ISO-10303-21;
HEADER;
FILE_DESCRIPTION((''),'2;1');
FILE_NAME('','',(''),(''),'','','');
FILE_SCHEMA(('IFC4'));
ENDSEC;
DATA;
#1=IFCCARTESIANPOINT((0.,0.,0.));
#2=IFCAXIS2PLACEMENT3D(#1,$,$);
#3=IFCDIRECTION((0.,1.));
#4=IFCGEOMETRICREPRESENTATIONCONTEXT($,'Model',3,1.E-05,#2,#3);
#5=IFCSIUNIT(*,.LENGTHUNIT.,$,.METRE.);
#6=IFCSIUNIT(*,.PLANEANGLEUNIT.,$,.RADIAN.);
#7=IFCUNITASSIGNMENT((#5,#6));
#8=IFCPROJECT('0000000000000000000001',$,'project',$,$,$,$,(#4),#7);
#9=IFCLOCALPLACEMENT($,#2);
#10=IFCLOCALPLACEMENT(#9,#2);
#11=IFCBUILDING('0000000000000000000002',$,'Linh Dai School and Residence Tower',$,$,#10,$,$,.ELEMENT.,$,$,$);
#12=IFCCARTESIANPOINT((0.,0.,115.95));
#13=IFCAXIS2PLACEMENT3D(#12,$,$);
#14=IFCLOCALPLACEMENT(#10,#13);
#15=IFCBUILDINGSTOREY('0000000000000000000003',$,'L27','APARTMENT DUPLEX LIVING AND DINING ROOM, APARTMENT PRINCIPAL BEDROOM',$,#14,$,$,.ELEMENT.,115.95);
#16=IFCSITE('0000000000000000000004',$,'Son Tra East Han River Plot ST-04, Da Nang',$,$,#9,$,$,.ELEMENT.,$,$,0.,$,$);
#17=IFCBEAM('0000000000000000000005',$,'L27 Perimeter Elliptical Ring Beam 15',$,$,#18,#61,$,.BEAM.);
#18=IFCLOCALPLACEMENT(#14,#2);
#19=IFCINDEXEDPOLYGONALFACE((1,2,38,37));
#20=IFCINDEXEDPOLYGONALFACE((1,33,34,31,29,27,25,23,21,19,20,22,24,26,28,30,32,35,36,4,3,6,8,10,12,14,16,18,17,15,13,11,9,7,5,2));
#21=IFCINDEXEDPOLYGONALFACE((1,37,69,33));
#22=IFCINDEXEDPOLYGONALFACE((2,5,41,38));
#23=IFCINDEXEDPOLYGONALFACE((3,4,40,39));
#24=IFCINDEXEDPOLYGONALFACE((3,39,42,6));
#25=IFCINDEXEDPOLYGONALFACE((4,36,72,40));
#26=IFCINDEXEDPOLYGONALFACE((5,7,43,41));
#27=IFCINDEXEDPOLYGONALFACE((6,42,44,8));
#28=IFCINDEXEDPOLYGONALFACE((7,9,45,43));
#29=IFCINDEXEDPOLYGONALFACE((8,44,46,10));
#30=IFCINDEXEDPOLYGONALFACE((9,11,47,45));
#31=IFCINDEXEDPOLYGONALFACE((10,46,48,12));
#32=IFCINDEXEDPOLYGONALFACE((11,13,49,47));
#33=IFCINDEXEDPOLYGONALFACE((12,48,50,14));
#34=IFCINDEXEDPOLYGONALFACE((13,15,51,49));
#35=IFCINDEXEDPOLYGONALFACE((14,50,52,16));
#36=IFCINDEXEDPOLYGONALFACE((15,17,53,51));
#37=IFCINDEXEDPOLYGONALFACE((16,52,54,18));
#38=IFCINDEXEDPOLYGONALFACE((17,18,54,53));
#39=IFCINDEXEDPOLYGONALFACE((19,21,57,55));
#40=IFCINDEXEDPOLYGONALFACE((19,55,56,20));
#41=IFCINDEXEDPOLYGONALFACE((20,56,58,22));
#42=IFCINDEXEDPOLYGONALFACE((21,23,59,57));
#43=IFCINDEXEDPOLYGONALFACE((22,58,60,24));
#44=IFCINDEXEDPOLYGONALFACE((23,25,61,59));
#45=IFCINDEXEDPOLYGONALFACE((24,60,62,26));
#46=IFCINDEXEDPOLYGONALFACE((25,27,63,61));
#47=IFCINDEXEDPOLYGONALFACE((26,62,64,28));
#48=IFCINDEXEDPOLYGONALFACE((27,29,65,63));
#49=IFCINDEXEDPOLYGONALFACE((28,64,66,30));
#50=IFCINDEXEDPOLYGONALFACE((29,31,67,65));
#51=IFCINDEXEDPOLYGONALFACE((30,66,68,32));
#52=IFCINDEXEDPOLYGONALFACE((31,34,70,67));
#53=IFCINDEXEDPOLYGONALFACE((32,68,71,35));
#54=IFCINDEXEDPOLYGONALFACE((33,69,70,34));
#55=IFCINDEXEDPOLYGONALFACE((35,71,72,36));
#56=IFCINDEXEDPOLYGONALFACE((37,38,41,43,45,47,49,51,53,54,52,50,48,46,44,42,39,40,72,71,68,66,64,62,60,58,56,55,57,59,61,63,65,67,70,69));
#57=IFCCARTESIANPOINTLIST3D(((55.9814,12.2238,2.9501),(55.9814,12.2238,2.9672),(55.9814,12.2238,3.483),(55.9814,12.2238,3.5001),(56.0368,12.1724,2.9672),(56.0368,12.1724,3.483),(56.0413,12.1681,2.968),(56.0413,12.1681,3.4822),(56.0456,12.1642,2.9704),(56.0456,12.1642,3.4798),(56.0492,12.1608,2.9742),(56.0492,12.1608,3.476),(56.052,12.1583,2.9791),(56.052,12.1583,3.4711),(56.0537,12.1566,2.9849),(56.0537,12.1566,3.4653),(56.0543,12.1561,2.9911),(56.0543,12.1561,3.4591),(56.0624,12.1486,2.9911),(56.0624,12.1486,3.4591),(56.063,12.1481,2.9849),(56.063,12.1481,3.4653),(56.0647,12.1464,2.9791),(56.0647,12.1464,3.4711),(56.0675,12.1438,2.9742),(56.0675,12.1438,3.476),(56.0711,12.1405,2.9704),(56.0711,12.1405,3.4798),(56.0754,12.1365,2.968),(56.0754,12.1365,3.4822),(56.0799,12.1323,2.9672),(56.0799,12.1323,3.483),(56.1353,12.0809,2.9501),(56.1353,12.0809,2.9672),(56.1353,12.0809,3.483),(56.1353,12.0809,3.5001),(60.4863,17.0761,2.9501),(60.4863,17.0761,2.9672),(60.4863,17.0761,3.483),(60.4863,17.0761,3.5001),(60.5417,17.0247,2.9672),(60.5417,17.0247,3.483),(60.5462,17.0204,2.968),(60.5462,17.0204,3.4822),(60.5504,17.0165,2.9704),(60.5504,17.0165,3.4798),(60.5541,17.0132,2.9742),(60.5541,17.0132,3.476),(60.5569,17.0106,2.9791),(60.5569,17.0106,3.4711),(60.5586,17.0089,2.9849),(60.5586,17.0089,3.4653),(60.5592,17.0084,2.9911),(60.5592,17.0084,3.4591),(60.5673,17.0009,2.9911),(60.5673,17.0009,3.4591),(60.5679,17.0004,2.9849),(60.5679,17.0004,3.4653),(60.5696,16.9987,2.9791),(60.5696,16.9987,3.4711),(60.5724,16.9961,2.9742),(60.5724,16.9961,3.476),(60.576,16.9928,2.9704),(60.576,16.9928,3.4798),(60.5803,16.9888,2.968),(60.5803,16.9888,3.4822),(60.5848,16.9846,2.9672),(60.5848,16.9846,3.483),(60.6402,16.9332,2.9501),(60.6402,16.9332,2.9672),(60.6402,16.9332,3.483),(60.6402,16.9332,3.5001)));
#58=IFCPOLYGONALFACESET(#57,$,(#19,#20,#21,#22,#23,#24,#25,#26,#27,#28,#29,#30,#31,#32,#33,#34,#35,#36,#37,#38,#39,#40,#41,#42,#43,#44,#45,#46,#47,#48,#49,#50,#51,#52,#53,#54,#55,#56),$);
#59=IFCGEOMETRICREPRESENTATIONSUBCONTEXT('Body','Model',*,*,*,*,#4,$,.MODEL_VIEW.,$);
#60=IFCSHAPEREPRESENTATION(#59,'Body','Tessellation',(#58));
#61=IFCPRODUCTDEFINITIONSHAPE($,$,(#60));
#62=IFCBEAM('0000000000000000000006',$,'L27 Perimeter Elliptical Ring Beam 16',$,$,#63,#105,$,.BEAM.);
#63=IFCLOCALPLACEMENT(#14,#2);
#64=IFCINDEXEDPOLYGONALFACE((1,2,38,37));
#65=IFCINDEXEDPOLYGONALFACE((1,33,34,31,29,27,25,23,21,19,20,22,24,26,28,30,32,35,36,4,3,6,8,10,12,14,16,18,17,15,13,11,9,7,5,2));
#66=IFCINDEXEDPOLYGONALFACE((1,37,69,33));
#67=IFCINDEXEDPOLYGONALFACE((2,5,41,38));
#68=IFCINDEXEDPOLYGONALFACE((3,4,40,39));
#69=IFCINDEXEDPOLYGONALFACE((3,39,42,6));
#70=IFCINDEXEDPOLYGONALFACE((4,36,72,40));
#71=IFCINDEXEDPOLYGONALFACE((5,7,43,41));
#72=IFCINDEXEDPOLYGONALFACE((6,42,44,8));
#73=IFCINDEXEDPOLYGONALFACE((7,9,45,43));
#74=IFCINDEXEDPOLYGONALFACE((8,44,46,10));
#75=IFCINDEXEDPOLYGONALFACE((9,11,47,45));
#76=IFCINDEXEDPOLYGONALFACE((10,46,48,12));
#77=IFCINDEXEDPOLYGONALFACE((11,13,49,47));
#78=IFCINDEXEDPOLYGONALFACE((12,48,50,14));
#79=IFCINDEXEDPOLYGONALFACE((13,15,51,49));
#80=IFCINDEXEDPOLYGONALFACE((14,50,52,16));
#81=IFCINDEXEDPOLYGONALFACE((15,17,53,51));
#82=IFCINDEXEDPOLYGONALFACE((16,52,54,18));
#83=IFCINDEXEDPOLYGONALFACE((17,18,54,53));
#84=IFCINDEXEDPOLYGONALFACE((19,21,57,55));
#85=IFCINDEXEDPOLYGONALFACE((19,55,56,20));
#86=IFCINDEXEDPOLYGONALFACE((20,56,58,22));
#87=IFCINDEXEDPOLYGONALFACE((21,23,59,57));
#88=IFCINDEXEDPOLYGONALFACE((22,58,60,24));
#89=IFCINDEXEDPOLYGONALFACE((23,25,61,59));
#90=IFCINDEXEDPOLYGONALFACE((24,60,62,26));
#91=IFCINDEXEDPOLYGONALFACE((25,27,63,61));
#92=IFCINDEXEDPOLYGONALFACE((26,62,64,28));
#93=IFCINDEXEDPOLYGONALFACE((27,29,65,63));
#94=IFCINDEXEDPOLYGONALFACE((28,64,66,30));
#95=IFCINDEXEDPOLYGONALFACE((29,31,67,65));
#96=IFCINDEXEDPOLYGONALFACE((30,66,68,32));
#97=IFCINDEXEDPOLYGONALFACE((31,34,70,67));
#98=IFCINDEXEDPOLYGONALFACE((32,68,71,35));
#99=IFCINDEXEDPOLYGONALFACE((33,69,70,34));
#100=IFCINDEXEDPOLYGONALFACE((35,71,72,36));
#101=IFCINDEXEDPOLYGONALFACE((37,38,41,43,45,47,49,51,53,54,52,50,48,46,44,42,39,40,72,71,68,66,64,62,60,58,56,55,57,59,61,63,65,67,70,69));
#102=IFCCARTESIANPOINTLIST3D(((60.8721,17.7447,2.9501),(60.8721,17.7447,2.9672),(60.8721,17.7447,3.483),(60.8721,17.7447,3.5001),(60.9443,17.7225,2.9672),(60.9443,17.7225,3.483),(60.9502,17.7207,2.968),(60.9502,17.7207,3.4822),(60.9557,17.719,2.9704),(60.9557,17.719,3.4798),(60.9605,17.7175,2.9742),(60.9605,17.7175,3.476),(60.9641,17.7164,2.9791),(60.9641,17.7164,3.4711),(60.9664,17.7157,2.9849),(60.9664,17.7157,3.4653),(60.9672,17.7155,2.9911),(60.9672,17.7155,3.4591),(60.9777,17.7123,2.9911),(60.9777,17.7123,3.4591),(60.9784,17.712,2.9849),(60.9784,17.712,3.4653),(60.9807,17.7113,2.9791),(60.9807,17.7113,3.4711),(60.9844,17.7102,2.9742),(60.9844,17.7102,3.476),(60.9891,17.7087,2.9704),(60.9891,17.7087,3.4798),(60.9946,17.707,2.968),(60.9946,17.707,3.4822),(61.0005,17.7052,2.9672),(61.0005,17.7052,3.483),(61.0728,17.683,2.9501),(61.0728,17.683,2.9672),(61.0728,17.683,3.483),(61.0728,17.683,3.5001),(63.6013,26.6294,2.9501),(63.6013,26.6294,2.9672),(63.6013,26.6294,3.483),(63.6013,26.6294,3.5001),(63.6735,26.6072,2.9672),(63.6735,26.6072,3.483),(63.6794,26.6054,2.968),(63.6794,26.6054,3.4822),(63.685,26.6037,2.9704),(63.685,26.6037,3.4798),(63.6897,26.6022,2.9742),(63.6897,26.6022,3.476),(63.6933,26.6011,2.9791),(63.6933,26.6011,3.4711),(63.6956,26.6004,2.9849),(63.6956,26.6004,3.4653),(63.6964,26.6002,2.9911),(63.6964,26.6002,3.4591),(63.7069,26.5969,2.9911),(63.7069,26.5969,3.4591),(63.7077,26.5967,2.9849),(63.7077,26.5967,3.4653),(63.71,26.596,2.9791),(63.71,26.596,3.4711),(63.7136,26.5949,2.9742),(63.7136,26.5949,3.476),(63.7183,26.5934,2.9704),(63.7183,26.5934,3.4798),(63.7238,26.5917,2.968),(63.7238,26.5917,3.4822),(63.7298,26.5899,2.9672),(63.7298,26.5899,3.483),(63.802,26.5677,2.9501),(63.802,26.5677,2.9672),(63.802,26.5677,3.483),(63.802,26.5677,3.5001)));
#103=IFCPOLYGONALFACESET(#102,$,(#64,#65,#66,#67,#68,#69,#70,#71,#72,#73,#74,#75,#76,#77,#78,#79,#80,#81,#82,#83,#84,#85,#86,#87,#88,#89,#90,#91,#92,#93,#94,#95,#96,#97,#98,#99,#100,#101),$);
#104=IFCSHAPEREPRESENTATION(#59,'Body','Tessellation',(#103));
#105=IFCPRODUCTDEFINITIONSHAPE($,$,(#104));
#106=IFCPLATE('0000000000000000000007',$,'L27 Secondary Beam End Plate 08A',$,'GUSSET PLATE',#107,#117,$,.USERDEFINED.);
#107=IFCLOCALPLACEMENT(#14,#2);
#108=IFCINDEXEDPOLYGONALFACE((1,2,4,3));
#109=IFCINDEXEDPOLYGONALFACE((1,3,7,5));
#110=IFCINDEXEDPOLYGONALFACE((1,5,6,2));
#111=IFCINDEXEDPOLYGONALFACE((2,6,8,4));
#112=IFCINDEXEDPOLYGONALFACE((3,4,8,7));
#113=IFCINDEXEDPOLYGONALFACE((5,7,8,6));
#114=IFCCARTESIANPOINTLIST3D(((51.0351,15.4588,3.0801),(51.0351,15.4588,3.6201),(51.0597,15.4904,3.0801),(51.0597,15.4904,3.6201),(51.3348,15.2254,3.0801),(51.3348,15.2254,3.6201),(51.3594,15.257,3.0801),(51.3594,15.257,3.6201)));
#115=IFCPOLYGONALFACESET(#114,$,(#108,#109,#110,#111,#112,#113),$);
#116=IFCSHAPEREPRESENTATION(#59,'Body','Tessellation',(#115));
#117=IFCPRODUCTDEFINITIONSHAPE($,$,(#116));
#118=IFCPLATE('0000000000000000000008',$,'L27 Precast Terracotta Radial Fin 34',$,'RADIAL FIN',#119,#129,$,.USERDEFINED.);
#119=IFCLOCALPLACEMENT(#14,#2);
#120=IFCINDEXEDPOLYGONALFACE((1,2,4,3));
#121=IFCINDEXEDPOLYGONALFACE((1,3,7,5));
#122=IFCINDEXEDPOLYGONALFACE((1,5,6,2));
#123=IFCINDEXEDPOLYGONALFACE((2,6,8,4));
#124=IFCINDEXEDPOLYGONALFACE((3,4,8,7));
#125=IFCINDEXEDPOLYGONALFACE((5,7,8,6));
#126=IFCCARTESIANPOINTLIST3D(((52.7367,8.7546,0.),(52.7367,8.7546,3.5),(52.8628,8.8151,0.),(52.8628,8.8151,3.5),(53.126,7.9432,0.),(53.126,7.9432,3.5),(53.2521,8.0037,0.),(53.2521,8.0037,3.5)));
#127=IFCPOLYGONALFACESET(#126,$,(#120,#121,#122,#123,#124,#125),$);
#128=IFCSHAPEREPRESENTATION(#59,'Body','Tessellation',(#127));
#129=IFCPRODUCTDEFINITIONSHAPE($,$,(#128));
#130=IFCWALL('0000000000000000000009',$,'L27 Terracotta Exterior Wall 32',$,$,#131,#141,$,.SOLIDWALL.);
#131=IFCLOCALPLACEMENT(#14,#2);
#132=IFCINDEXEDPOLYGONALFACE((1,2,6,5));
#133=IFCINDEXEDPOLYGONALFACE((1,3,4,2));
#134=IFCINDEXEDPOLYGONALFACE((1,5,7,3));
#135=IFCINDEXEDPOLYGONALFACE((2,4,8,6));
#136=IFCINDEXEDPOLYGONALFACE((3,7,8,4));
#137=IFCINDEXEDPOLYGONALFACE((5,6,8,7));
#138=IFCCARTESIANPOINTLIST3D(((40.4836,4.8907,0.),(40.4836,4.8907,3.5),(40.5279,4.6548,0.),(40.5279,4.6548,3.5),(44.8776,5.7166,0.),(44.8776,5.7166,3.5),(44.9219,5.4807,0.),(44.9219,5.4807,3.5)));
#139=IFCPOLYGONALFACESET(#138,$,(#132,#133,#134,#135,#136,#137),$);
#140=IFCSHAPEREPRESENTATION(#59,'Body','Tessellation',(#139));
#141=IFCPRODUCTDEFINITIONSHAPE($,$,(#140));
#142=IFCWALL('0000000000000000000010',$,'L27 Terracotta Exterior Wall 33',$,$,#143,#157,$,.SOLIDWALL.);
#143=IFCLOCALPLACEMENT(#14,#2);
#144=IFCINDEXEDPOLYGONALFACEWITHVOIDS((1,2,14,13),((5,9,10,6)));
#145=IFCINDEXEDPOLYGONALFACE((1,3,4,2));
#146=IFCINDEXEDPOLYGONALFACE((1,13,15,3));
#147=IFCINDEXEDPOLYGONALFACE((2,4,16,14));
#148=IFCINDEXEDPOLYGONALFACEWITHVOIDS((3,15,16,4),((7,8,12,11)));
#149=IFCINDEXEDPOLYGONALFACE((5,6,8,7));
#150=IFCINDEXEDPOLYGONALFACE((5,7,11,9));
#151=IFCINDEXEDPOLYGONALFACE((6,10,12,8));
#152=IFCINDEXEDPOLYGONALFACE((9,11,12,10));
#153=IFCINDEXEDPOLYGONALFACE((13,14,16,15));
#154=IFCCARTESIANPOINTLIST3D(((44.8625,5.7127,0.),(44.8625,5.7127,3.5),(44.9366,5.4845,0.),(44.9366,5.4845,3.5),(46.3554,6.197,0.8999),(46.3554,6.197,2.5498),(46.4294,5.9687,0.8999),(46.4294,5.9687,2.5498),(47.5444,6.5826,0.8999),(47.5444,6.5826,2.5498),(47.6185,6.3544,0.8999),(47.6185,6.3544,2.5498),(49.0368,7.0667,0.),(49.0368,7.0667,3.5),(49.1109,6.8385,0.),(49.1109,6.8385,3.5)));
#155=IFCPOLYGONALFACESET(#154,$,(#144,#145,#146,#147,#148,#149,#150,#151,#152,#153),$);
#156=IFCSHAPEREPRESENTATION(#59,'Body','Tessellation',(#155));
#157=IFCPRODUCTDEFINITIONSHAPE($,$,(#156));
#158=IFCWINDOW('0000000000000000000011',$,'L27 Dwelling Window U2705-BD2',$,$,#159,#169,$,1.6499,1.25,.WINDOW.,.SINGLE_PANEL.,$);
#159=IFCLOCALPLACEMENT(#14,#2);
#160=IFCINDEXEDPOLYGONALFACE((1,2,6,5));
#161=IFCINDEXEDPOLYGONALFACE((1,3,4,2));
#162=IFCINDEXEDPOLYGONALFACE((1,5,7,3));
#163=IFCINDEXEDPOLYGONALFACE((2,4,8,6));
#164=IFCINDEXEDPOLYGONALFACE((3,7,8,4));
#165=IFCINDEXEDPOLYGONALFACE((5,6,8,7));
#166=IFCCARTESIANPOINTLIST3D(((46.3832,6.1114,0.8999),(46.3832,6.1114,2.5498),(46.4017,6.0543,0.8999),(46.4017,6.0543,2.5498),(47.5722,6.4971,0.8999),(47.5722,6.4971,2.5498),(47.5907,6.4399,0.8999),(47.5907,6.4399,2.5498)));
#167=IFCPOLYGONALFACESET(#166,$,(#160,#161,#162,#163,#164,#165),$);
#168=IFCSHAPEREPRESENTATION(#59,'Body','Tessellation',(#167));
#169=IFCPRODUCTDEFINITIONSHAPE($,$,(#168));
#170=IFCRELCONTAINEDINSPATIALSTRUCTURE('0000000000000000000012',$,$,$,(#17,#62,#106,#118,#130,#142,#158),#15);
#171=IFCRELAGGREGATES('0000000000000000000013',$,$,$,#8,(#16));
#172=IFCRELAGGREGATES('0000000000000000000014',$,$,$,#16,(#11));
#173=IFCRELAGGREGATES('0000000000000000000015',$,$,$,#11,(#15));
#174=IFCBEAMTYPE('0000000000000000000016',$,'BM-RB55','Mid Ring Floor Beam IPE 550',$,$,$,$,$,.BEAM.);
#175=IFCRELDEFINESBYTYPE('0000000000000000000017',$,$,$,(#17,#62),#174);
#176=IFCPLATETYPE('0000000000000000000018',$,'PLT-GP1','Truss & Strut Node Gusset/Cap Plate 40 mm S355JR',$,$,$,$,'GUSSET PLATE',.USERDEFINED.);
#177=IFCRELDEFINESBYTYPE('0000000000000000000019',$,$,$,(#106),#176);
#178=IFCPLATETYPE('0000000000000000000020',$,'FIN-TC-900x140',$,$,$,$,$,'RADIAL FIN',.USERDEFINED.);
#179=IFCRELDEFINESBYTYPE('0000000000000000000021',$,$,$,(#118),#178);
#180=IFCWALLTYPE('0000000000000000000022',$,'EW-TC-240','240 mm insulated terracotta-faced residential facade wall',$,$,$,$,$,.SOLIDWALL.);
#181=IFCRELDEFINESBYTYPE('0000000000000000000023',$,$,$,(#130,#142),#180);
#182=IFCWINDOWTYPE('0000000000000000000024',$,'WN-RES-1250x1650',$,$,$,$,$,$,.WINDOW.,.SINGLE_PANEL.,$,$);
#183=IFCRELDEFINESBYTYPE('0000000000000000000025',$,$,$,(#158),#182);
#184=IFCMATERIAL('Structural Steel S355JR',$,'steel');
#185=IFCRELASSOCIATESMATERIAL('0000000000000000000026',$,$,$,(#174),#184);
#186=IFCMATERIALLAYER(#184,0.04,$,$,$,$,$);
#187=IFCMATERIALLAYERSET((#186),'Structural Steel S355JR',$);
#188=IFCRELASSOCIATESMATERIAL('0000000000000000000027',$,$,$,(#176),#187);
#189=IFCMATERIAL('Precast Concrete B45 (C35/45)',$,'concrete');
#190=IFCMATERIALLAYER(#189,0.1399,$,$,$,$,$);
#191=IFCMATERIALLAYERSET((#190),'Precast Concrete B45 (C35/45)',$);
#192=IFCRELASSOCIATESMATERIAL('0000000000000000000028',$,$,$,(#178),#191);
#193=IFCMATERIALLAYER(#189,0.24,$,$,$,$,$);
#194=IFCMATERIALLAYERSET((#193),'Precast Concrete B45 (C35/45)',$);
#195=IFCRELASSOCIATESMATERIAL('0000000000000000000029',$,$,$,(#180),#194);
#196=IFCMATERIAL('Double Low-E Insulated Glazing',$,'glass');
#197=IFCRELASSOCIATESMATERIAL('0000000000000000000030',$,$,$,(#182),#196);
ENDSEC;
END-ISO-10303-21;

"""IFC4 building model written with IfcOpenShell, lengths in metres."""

from ifc_helpers import new_model, si_unit, direction, frame, frame_2d, origin, origin_2d, place, context, subcontext, project, spatial, rectangle, i_section, extrude, source, transform, mapped, material, layer, layer_set, material_profile, profile_set, type_object, element, fill, save


model = new_model("IFC4")

# Units and contexts
model_context = context("Model", 3, precision=1e-05, world=origin(), true_north=direction((0.0, 1.0)))
body_context = subcontext(model_context, "Body", "Model", "MODEL_VIEW")
ifc_project = project(units=[si_unit("LENGTHUNIT", "METRE"), si_unit("PLANEANGLEUNIT", "RADIAN")], contexts=[model_context])

# Site, building, storey
site_placement = place(None, origin())
site = spatial("IfcSite", under=ifc_project, at=site_placement, Name="Son Tra East Han River Plot ST-04, Da Nang", CompositionType="ELEMENT", RefElevation=0.0)
building_placement = place(site_placement, origin())
building = spatial("IfcBuilding", under=site, at=building_placement, Name="Linh Dai School and Residence Tower", CompositionType="ELEMENT")
storey_placement = place(building_placement, frame((0.0, 0.0, 115.95)))
storey = spatial("IfcBuildingStorey", under=building, at=storey_placement, Name="L27", Description="APARTMENT DUPLEX LIVING AND DINING ROOM, APARTMENT PRINCIPAL BEDROOM", CompositionType="ELEMENT", Elevation=115.95)

# Shared definitions
ifc_material_1 = material(Name="Structural Steel S355JR", Category="steel")

# Beams
ifc_material_profile_1 = material_profile(ifc_material_1, i_section(OverallWidth=0.21, OverallDepth=0.55, WebThickness=0.011, FlangeThickness=0.0171, FilletRadius=0.0239, at=origin_2d()), Name="IPE 550")
ifc_profile_set_1 = profile_set([ifc_material_profile_1], Name="Structural Steel S355JR")
beam_type_1 = type_object("IfcBeamType", Name="BM-RB55", Description="Mid Ring Floor Beam IPE 550", PredefinedType="BEAM", material=ifc_profile_set_1)
beam_1_placement = place(storey_placement, frame((56.0583, 12.1523, 3.2251), z_axis=(0.680385, 0.732855, 0.0), x_axis=(-0.732855, 0.680385, 0.0)))
element("IfcBeam", 1, at=beam_1_placement, inside=storey, type_object=beam_type_1, Name="L27 Perimeter Elliptical Ring Beam 15", PredefinedType="BEAM", context=body_context, shape_type="SweptSolid", body=[
    extrude(i_section(OverallWidth=0.21, OverallDepth=0.55, WebThickness=0.011, FlangeThickness=0.0171, FilletRadius=0.0239, at=origin_2d()), origin(), (0.0, 0.0, 1.0), 6.6211),
])
beam_2_placement = place(storey_placement, frame((60.9724, 17.7139, 3.2251), z_axis=(0.293641, 0.955916, 0.0), x_axis=(-0.955916, 0.293641, 0.0)))
element("IfcBeam", 2, at=beam_2_placement, inside=storey, type_object=beam_type_1, Name="L27 Perimeter Elliptical Ring Beam 16", PredefinedType="BEAM", context=body_context, shape_type="SweptSolid", body=[
    extrude(i_section(OverallWidth=0.21, OverallDepth=0.55, WebThickness=0.011, FlangeThickness=0.0171, FilletRadius=0.0239, at=origin_2d()), origin(), (0.0, 0.0, 1.0), 9.2944),
])

# Plates
ifc_layer_1 = layer(ifc_material_1, 0.04)
ifc_layer_set_1 = layer_set([ifc_layer_1], Name="Structural Steel S355JR")
plate_type_1 = type_object("IfcPlateType", Name="PLT-GP1", Description="Truss & Strut Node Gusset/Cap Plate 40 mm S355JR", ElementType="GUSSET PLATE", PredefinedType="USERDEFINED", material=ifc_layer_set_1)
shared_shape_1 = source(origin(), body_context, "Body", "SweptSolid", [
    extrude(rectangle(XDim=0.04, YDim=0.3799, at=origin_2d()), origin(), (0.0, 0.0, 1.0), 0.54),
])
plate_1_placement = place(storey_placement, frame((51.1973, 15.3579, 3.0801), z_axis=(0.0, 0.0, 1.0), x_axis=(0.614363, 0.789024, 0.0)))
element("IfcPlate", 3, at=plate_1_placement, inside=storey, type_object=plate_type_1, Name="L27 Secondary Beam End Plate 08A", ObjectType="GUSSET PLATE", PredefinedType="USERDEFINED", context=body_context, shape_type="MappedRepresentation", body=[
    mapped(shared_shape_1, transform((0.0, 0.0, 0.0), x_axis=(1.0, 0.0, 0.0), y_axis=(0.0, 1.0, 0.0), z_axis=(0.0, 0.0, 1.0), scale=1.0)),
])
ifc_material_2 = material(Name="Precast Concrete B45 (C35/45)", Category="concrete")
ifc_layer_2 = layer(ifc_material_2, 0.1399)
ifc_layer_set_2 = layer_set([ifc_layer_2], Name="Precast Concrete B45 (C35/45)")
plate_type_2 = type_object("IfcPlateType", Name="FIN-TC-900x140", ElementType="RADIAL FIN", PredefinedType="USERDEFINED", material=ifc_layer_set_2)
shared_shape_2 = source(origin(), body_context, "Body", "SweptSolid", [
    extrude(rectangle(XDim=0.8999, YDim=0.1399, at=origin_2d()), origin(), (0.0, 0.0, 1.0), 3.5),
])
plate_2_placement = place(storey_placement, frame((52.9944, 8.3792, 0.0), z_axis=(0.0, 0.0, 1.0), x_axis=(0.432618, -0.901578, 0.0)))
element("IfcPlate", 4, at=plate_2_placement, inside=storey, type_object=plate_type_2, Name="L27 Precast Terracotta Radial Fin 34", ObjectType="RADIAL FIN", PredefinedType="USERDEFINED", context=body_context, shape_type="MappedRepresentation", body=[
    mapped(shared_shape_2, transform((0.0, 0.0, 0.0), x_axis=(1.0, 0.0, 0.0), y_axis=(0.0, 1.0, 0.0), z_axis=(0.0, 0.0, 1.0), scale=1.0)),
])

# Wall
ifc_layer_3 = layer(ifc_material_2, 0.24)
ifc_layer_set_3 = layer_set([ifc_layer_3], Name="Precast Concrete B45 (C35/45)")
wall_type_1 = type_object("IfcWallType", Name="EW-TC-240", Description="240 mm insulated terracotta-faced residential facade wall", PredefinedType="SOLIDWALL", material=ifc_layer_set_3)
wall_1_placement = place(storey_placement, frame((44.8997, 5.5986, 0.0), z_axis=(0.0, 0.0, 1.0), x_axis=(-0.982789, -0.18473, 0.0)))
element("IfcWall", 5, at=wall_1_placement, inside=storey, type_object=wall_type_1, Name="L27 Terracotta Exterior Wall 32", PredefinedType="SOLIDWALL", context=body_context, shape_type="SweptSolid", body=[
    extrude(rectangle(XDim=4.4709, YDim=0.24, at=frame_2d((2.2354, 0.0))), origin(), (0.0, 0.0, 1.0), 3.5),
])

# Wall, opening, window
wall_2_placement = place(storey_placement, frame((49.074, 6.9526, 0.0), z_axis=(0.0, 0.0, 1.0), x_axis=(-0.951211, -0.30854, 0.0)))
wall_2 = element("IfcWall", 6, at=wall_2_placement, inside=storey, type_object=wall_type_1, Name="L27 Terracotta Exterior Wall 33", PredefinedType="SOLIDWALL", context=body_context, shape_type="SweptSolid", body=[
    extrude(rectangle(XDim=4.3884, YDim=0.24, at=frame_2d((2.1943, 0.0))), origin(), (0.0, 0.0, 1.0), 3.5),
])
opening_1_placement = place(wall_2_placement, frame((1.5691, 0.0, 0.8999)))
opening_1 = element("IfcOpeningElement", 7, at=opening_1_placement, cuts=wall_2, PredefinedType="OPENING", context=body_context, shape_type="SweptSolid", body=[
    extrude(rectangle(XDim=1.25, YDim=1.6499, at=origin_2d()), frame((0.625, 0.1299, 0.825), z_axis=(0.0, -1.0, 0.0), x_axis=(1.0, 0.0, 0.0)), (0.0, 0.0, 1.0), 0.26),
])
ifc_material_3 = material(Name="Double Low-E Insulated Glazing", Category="glass")
window_type_1 = type_object("IfcWindowType", Name="WN-RES-1250x1650", PartitioningType="SINGLE_PANEL", PredefinedType="WINDOW", material=ifc_material_3)
shared_shape_3 = source(origin(), body_context, "Body", "SweptSolid", [
    extrude(rectangle(XDim=1.25, YDim=1.6499, at=origin_2d()), frame((0.625, 0.03, 0.825), z_axis=(0.0, -1.0, 0.0), x_axis=(1.0, 0.0, 0.0)), (0.0, 0.0, 1.0), 0.0601),
])
window_1_placement = place(opening_1_placement, origin())
window_1 = element("IfcWindow", 8, at=window_1_placement, inside=storey, type_object=window_type_1, Name="L27 Dwelling Window U2705-BD2", OverallHeight=1.6499, OverallWidth=1.25, PartitioningType="SINGLE_PANEL", PredefinedType="WINDOW", context=body_context, shape_type="MappedRepresentation", body=[
    mapped(shared_shape_3, transform((0.0, 0.0, 0.0), x_axis=(1.0, 0.0, 0.0), y_axis=(0.0, 1.0, 0.0), z_axis=(0.0, 0.0, 1.0), scale=1.0)),
])
fill(opening_1, window_1)

save(model, "model.ifc")
